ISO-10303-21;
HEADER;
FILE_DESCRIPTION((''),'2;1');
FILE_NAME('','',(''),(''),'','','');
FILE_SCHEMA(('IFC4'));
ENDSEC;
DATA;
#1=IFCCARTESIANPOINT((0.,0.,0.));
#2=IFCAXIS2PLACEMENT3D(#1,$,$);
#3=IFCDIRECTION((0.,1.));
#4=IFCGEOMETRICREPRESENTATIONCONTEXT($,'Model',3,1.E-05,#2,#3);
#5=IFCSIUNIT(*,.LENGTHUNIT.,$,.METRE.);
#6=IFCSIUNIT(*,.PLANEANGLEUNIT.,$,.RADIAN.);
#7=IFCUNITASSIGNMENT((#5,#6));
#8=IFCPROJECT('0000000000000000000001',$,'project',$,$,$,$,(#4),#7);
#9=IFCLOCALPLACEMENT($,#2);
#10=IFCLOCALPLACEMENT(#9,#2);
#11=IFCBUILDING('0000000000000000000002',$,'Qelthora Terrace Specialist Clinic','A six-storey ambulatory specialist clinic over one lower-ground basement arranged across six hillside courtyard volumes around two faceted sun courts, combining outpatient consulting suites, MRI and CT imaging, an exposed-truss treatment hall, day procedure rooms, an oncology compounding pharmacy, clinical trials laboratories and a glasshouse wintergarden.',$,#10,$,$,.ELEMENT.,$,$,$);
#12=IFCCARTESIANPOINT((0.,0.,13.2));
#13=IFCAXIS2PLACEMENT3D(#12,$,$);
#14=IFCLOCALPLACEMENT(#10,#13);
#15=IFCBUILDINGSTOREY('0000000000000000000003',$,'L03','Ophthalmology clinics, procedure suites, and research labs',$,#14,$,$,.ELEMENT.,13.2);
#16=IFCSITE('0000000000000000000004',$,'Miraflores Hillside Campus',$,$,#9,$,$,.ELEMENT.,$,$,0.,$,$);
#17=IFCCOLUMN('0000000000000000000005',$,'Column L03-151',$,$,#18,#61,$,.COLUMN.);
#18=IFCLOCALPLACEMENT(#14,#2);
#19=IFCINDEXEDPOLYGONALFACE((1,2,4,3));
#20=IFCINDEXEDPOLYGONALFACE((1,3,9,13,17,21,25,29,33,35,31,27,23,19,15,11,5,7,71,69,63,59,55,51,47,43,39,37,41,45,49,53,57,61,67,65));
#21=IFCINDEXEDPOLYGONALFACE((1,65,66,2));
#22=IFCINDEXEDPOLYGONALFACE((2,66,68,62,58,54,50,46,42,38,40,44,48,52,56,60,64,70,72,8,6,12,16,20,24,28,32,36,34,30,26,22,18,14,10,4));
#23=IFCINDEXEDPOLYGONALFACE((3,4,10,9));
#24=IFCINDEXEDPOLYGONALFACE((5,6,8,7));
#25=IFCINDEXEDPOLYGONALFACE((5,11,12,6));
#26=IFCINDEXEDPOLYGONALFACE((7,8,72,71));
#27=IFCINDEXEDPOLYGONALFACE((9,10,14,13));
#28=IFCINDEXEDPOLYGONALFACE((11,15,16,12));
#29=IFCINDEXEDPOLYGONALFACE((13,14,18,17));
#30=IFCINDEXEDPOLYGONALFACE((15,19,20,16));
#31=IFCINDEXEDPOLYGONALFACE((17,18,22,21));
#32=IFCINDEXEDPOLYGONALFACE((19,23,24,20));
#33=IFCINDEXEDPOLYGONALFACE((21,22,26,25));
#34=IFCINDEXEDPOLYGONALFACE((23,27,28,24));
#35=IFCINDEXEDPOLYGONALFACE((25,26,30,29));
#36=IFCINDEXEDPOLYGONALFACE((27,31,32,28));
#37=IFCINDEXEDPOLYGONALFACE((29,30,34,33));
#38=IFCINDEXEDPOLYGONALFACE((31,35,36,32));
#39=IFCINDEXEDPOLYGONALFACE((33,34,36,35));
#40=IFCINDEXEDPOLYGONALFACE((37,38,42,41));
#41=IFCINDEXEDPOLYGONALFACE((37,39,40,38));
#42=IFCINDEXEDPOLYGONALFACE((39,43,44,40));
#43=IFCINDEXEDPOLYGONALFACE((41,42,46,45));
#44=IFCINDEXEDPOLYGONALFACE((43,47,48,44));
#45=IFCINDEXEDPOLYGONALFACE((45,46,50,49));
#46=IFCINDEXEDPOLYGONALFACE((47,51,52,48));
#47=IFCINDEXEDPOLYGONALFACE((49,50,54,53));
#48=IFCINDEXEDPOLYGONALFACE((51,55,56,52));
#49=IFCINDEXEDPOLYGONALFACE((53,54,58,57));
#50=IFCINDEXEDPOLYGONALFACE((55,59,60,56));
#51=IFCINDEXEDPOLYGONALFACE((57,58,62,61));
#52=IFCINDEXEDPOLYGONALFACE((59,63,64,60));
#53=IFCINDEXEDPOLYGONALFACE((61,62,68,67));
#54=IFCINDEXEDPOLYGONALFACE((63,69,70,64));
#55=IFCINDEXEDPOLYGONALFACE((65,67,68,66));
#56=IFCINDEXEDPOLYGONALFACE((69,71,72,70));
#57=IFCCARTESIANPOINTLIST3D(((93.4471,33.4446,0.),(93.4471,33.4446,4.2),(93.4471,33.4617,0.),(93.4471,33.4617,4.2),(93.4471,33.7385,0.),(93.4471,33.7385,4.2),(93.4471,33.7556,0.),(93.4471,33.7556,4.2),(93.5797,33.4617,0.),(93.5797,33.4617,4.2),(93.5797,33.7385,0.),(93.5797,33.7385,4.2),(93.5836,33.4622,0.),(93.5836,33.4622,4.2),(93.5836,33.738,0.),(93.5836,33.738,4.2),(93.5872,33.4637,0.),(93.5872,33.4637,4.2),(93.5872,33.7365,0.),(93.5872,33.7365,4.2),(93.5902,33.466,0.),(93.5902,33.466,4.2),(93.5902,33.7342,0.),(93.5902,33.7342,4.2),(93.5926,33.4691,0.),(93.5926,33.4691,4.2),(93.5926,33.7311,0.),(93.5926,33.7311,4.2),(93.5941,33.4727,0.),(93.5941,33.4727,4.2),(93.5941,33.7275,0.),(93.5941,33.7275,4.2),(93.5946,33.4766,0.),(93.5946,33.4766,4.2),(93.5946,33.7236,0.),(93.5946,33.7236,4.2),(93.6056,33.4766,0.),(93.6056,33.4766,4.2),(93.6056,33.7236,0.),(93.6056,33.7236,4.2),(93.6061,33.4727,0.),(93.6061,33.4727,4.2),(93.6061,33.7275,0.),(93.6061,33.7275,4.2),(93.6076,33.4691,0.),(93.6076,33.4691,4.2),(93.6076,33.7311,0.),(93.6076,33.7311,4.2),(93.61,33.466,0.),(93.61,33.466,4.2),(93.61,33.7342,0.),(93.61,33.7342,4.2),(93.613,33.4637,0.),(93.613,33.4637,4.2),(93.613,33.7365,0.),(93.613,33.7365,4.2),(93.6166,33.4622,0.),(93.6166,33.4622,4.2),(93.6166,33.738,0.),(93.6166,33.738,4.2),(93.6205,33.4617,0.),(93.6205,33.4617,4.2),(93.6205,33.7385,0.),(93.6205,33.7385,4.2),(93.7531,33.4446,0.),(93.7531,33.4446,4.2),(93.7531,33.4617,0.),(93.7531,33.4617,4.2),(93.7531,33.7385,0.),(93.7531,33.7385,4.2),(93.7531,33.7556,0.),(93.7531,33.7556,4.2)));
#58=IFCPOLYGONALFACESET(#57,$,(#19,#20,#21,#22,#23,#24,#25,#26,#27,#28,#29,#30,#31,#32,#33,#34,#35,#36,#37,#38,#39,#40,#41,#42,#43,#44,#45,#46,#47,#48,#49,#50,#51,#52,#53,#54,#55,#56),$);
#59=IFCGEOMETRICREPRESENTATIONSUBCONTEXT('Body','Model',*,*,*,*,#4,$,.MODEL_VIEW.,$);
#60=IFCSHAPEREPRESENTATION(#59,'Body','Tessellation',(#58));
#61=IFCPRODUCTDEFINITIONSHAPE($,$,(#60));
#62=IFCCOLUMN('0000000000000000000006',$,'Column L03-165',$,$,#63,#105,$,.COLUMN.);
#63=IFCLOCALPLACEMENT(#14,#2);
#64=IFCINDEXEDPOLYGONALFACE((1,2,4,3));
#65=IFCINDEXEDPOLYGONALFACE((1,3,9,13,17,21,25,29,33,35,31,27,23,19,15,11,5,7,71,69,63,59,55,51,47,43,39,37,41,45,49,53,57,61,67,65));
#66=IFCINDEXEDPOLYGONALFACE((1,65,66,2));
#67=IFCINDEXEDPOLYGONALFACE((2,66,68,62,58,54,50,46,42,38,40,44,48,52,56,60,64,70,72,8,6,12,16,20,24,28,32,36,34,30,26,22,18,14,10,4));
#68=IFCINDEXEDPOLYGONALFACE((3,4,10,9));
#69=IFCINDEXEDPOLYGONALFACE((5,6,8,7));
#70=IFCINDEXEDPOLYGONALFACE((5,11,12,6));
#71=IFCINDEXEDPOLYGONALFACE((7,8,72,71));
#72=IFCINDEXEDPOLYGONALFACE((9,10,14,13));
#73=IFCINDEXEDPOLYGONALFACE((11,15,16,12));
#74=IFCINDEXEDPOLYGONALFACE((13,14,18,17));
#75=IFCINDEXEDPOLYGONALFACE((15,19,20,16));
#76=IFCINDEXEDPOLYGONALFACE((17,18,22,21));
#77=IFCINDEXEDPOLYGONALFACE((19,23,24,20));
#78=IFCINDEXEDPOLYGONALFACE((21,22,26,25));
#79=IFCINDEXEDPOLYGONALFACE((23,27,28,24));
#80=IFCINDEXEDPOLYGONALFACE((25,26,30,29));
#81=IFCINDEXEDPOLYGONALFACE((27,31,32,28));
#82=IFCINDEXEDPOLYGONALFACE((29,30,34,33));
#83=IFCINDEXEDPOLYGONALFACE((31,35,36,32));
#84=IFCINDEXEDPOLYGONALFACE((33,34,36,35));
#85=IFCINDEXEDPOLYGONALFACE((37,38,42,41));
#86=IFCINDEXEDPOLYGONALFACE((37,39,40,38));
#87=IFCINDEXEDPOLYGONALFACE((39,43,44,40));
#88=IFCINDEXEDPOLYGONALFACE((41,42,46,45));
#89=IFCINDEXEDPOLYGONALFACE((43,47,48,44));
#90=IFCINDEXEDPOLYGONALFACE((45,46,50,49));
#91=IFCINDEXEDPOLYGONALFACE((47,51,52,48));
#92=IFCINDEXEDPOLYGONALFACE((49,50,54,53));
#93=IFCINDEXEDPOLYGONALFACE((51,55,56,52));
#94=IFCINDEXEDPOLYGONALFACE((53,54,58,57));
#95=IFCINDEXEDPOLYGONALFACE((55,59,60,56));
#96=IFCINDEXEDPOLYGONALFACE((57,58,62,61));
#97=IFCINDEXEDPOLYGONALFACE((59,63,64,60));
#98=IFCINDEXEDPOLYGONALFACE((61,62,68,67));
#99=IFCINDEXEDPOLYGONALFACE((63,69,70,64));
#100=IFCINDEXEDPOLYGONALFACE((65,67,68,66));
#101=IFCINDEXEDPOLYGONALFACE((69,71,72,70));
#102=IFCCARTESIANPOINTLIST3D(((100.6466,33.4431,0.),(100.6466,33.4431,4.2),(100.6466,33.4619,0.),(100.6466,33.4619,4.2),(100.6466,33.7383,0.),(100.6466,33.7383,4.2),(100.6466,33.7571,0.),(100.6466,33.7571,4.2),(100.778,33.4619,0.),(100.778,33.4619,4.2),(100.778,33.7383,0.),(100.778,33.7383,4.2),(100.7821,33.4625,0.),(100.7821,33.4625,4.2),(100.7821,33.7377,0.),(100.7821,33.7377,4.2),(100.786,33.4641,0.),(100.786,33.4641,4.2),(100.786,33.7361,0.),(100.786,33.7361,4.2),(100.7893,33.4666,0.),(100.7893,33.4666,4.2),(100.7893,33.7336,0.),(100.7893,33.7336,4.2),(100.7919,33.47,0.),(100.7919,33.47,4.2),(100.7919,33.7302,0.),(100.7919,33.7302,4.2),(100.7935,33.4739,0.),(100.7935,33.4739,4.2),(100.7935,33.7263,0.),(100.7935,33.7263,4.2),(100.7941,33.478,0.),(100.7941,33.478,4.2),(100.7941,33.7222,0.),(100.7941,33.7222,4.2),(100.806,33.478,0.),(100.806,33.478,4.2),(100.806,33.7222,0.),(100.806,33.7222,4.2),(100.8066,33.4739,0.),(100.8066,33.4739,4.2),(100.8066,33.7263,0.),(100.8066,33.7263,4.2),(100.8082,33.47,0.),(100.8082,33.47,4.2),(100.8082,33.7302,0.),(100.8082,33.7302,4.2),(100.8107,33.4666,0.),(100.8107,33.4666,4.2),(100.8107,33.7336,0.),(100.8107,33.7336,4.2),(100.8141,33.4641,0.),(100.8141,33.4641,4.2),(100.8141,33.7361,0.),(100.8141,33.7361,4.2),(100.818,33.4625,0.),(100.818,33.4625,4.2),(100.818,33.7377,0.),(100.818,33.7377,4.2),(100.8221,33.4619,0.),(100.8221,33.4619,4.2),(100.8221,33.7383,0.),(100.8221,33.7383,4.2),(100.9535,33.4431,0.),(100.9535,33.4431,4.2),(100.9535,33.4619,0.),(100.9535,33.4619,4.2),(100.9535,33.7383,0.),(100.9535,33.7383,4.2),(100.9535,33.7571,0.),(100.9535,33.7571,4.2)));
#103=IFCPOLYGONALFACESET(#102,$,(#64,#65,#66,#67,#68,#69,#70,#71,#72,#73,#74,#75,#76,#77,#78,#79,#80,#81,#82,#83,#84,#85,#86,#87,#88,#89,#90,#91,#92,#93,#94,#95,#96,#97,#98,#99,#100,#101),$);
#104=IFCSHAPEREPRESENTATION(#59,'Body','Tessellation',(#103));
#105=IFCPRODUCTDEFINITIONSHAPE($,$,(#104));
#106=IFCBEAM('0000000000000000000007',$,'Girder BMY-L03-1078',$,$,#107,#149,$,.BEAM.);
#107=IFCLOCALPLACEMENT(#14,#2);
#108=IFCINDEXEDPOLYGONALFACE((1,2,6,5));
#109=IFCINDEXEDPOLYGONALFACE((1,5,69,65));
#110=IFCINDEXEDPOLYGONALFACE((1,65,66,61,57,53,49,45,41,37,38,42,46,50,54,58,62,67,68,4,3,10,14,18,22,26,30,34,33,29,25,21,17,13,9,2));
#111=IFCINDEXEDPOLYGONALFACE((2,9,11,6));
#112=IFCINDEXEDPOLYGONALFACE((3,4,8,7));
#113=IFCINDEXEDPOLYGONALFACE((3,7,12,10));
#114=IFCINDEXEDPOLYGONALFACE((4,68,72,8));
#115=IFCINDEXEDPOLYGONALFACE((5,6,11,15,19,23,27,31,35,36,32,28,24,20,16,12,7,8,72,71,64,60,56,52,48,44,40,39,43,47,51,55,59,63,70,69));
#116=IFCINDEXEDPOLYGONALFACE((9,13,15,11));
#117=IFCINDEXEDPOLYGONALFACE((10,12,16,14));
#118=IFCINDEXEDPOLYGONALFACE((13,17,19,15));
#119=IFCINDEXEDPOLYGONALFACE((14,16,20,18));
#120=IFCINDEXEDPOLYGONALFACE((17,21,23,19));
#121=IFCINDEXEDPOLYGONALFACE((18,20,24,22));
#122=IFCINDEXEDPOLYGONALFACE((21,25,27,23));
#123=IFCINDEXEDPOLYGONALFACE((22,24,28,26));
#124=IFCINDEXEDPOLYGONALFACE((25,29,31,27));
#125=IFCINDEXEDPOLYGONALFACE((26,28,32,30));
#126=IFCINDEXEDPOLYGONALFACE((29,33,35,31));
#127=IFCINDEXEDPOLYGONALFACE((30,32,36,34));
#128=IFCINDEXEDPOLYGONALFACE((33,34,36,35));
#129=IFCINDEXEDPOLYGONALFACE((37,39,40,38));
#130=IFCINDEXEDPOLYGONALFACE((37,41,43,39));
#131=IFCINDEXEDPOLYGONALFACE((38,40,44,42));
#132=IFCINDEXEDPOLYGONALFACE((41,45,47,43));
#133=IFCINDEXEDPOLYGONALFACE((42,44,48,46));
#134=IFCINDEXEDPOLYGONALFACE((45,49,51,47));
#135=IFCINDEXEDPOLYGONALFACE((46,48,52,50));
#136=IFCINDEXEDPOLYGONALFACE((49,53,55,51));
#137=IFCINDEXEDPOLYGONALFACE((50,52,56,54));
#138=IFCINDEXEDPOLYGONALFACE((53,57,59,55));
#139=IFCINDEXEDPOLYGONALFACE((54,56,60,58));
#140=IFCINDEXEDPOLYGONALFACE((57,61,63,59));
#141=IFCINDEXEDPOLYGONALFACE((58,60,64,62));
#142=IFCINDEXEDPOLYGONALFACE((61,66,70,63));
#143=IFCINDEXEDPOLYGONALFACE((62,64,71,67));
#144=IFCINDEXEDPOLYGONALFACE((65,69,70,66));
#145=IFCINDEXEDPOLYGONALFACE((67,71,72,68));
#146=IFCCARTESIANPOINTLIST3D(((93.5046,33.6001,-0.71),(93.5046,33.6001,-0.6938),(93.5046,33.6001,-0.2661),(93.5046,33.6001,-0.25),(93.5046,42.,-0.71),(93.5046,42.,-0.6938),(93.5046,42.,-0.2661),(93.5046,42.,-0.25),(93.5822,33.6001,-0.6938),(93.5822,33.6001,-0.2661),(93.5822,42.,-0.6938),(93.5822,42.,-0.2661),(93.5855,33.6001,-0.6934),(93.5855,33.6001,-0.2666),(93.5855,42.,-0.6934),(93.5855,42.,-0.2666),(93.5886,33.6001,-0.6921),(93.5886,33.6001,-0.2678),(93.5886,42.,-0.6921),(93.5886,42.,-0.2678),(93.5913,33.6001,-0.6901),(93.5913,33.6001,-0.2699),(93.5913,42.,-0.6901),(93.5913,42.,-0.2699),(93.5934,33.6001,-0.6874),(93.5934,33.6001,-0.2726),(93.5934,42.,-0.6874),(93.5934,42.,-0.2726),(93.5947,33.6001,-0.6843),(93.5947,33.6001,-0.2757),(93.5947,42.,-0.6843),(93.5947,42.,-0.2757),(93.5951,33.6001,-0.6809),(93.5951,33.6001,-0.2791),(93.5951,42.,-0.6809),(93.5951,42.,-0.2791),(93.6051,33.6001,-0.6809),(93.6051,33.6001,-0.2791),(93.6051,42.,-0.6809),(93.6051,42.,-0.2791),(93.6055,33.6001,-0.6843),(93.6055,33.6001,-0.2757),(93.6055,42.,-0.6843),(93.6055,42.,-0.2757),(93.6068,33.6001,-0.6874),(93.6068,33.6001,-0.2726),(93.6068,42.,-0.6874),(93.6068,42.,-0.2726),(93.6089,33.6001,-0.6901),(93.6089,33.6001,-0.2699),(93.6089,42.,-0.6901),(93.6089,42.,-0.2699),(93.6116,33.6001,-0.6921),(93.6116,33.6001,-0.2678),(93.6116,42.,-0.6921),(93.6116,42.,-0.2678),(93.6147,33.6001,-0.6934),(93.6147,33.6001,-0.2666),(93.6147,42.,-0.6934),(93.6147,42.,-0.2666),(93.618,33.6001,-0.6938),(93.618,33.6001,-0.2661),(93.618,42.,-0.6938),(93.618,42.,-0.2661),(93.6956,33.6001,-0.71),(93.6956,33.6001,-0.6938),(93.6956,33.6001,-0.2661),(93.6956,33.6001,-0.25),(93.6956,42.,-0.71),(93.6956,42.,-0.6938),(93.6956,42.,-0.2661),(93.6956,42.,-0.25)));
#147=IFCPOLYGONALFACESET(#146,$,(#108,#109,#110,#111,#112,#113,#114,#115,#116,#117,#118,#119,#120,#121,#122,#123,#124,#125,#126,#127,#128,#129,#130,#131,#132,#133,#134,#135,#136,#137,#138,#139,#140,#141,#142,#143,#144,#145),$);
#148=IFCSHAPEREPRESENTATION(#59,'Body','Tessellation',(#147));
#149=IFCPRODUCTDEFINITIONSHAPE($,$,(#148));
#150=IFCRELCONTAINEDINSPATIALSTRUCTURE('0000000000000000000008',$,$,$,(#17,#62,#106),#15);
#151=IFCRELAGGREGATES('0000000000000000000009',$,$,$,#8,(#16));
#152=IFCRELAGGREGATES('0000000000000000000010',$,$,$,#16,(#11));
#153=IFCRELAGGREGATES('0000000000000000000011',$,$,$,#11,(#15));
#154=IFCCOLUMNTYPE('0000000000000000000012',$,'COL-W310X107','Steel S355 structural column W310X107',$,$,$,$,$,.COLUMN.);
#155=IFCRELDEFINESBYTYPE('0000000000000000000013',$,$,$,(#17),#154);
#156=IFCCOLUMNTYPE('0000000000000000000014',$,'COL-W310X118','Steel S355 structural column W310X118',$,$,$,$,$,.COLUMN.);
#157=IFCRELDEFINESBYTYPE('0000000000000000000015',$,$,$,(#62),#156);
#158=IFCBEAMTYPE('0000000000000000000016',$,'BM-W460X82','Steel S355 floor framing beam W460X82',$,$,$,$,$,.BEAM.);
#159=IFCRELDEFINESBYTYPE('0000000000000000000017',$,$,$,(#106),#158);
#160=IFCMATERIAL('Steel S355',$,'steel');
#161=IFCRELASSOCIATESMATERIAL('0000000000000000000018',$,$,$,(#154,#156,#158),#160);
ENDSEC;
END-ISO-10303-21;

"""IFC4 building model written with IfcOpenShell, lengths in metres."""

from ifc_helpers import new_model, si_unit, direction, frame, origin, origin_2d, place, context, subcontext, project, spatial, i_section, extrude, material, material_profile, profile_set, type_object, element, save


model = new_model("IFC4")

# Units and contexts
model_context = context("Model", 3, precision=1e-05, world=origin(), true_north=direction((0.0, 1.0)))
body_context = subcontext(model_context, "Body", "Model", "MODEL_VIEW")
ifc_project = project(units=[si_unit("LENGTHUNIT", "METRE"), si_unit("PLANEANGLEUNIT", "RADIAN")], contexts=[model_context])

# Site, building, storey
site_placement = place(None, origin())
site = spatial("IfcSite", under=ifc_project, at=site_placement, Name="Miraflores Hillside Campus", CompositionType="ELEMENT", RefElevation=0.0)
building_placement = place(site_placement, origin())
building = spatial("IfcBuilding", under=site, at=building_placement, Name="Qelthora Terrace Specialist Clinic", Description="A six-storey ambulatory specialist clinic over one lower-ground basement arranged across six hillside courtyard volumes around two faceted sun courts, combining outpatient consulting suites, MRI and CT imaging, an exposed-truss treatment hall, day procedure rooms, an oncology compounding pharmacy, clinical trials laboratories and a glasshouse wintergarden.", CompositionType="ELEMENT")
storey_placement = place(building_placement, frame((0.0, 0.0, 13.2)))
storey = spatial("IfcBuildingStorey", under=building, at=storey_placement, Name="L03", Description="Ophthalmology clinics, procedure suites, and research labs", CompositionType="ELEMENT", Elevation=13.2)

# Columns
ifc_material_1 = material(Name="Steel S355", Category="steel")
ifc_material_profile_1 = material_profile(ifc_material_1, i_section(OverallWidth=0.3059, OverallDepth=0.311, WebThickness=0.011, FlangeThickness=0.0171, FilletRadius=0.0149, at=origin_2d()), Name="W310X107")
ifc_profile_set_1 = profile_set([ifc_material_profile_1], Name="Steel S355")
column_type_1 = type_object("IfcColumnType", Name="COL-W310X107", Description="Steel S355 structural column W310X107", PredefinedType="COLUMN", material=ifc_profile_set_1)
column_1_placement = place(storey_placement, frame((93.6001, 33.6001, 0.0), z_axis=(0.0, 0.0, 1.0), x_axis=(1.0, 0.0, 0.0)))
element("IfcColumn", 1, at=column_1_placement, inside=storey, type_object=column_type_1, Name="Column L03-151", PredefinedType="COLUMN", context=body_context, shape_type="SweptSolid", body=[
    extrude(i_section(OverallWidth=0.3059, OverallDepth=0.311, WebThickness=0.011, FlangeThickness=0.0171, FilletRadius=0.0149, at=origin_2d()), origin(), (0.0, 0.0, 1.0), 4.2),
])
ifc_material_profile_2 = material_profile(ifc_material_1, i_section(OverallWidth=0.3069, OverallDepth=0.314, WebThickness=0.012, FlangeThickness=0.0188, FilletRadius=0.0161, at=origin_2d()), Name="W310X118")
ifc_profile_set_2 = profile_set([ifc_material_profile_2], Name="Steel S355")
column_type_2 = type_object("IfcColumnType", Name="COL-W310X118", Description="Steel S355 structural column W310X118", PredefinedType="COLUMN", material=ifc_profile_set_2)
column_2_placement = place(storey_placement, frame((100.8, 33.6001, 0.0), z_axis=(0.0, 0.0, 1.0), x_axis=(1.0, 0.0, 0.0)))
element("IfcColumn", 2, at=column_2_placement, inside=storey, type_object=column_type_2, Name="Column L03-165", PredefinedType="COLUMN", context=body_context, shape_type="SweptSolid", body=[
    extrude(i_section(OverallWidth=0.3069, OverallDepth=0.314, WebThickness=0.012, FlangeThickness=0.0188, FilletRadius=0.0161, at=origin_2d()), origin(), (0.0, 0.0, 1.0), 4.2),
])

# Beam
ifc_material_profile_3 = material_profile(ifc_material_1, i_section(OverallWidth=0.1909, OverallDepth=0.46, WebThickness=0.01, FlangeThickness=0.0161, FilletRadius=0.0129, at=origin_2d()), Name="W460X82")
ifc_profile_set_3 = profile_set([ifc_material_profile_3], Name="Steel S355")
beam_type_1 = type_object("IfcBeamType", Name="BM-W460X82", Description="Steel S355 floor framing beam W460X82", PredefinedType="BEAM", material=ifc_profile_set_3)
beam_1_placement = place(storey_placement, frame((93.6001, 33.6001, -0.48), z_axis=(0.0, 1.0, 0.0), x_axis=(-1.0, 0.0, 0.0)))
element("IfcBeam", 3, at=beam_1_placement, inside=storey, type_object=beam_type_1, Name="Girder BMY-L03-1078", PredefinedType="BEAM", context=body_context, shape_type="SweptSolid", body=[
    extrude(i_section(OverallWidth=0.1909, OverallDepth=0.46, WebThickness=0.01, FlangeThickness=0.0161, FilletRadius=0.0129, at=origin_2d()), origin(), (0.0, 0.0, 1.0), 8.3999),
])

save(model, "model.ifc")
